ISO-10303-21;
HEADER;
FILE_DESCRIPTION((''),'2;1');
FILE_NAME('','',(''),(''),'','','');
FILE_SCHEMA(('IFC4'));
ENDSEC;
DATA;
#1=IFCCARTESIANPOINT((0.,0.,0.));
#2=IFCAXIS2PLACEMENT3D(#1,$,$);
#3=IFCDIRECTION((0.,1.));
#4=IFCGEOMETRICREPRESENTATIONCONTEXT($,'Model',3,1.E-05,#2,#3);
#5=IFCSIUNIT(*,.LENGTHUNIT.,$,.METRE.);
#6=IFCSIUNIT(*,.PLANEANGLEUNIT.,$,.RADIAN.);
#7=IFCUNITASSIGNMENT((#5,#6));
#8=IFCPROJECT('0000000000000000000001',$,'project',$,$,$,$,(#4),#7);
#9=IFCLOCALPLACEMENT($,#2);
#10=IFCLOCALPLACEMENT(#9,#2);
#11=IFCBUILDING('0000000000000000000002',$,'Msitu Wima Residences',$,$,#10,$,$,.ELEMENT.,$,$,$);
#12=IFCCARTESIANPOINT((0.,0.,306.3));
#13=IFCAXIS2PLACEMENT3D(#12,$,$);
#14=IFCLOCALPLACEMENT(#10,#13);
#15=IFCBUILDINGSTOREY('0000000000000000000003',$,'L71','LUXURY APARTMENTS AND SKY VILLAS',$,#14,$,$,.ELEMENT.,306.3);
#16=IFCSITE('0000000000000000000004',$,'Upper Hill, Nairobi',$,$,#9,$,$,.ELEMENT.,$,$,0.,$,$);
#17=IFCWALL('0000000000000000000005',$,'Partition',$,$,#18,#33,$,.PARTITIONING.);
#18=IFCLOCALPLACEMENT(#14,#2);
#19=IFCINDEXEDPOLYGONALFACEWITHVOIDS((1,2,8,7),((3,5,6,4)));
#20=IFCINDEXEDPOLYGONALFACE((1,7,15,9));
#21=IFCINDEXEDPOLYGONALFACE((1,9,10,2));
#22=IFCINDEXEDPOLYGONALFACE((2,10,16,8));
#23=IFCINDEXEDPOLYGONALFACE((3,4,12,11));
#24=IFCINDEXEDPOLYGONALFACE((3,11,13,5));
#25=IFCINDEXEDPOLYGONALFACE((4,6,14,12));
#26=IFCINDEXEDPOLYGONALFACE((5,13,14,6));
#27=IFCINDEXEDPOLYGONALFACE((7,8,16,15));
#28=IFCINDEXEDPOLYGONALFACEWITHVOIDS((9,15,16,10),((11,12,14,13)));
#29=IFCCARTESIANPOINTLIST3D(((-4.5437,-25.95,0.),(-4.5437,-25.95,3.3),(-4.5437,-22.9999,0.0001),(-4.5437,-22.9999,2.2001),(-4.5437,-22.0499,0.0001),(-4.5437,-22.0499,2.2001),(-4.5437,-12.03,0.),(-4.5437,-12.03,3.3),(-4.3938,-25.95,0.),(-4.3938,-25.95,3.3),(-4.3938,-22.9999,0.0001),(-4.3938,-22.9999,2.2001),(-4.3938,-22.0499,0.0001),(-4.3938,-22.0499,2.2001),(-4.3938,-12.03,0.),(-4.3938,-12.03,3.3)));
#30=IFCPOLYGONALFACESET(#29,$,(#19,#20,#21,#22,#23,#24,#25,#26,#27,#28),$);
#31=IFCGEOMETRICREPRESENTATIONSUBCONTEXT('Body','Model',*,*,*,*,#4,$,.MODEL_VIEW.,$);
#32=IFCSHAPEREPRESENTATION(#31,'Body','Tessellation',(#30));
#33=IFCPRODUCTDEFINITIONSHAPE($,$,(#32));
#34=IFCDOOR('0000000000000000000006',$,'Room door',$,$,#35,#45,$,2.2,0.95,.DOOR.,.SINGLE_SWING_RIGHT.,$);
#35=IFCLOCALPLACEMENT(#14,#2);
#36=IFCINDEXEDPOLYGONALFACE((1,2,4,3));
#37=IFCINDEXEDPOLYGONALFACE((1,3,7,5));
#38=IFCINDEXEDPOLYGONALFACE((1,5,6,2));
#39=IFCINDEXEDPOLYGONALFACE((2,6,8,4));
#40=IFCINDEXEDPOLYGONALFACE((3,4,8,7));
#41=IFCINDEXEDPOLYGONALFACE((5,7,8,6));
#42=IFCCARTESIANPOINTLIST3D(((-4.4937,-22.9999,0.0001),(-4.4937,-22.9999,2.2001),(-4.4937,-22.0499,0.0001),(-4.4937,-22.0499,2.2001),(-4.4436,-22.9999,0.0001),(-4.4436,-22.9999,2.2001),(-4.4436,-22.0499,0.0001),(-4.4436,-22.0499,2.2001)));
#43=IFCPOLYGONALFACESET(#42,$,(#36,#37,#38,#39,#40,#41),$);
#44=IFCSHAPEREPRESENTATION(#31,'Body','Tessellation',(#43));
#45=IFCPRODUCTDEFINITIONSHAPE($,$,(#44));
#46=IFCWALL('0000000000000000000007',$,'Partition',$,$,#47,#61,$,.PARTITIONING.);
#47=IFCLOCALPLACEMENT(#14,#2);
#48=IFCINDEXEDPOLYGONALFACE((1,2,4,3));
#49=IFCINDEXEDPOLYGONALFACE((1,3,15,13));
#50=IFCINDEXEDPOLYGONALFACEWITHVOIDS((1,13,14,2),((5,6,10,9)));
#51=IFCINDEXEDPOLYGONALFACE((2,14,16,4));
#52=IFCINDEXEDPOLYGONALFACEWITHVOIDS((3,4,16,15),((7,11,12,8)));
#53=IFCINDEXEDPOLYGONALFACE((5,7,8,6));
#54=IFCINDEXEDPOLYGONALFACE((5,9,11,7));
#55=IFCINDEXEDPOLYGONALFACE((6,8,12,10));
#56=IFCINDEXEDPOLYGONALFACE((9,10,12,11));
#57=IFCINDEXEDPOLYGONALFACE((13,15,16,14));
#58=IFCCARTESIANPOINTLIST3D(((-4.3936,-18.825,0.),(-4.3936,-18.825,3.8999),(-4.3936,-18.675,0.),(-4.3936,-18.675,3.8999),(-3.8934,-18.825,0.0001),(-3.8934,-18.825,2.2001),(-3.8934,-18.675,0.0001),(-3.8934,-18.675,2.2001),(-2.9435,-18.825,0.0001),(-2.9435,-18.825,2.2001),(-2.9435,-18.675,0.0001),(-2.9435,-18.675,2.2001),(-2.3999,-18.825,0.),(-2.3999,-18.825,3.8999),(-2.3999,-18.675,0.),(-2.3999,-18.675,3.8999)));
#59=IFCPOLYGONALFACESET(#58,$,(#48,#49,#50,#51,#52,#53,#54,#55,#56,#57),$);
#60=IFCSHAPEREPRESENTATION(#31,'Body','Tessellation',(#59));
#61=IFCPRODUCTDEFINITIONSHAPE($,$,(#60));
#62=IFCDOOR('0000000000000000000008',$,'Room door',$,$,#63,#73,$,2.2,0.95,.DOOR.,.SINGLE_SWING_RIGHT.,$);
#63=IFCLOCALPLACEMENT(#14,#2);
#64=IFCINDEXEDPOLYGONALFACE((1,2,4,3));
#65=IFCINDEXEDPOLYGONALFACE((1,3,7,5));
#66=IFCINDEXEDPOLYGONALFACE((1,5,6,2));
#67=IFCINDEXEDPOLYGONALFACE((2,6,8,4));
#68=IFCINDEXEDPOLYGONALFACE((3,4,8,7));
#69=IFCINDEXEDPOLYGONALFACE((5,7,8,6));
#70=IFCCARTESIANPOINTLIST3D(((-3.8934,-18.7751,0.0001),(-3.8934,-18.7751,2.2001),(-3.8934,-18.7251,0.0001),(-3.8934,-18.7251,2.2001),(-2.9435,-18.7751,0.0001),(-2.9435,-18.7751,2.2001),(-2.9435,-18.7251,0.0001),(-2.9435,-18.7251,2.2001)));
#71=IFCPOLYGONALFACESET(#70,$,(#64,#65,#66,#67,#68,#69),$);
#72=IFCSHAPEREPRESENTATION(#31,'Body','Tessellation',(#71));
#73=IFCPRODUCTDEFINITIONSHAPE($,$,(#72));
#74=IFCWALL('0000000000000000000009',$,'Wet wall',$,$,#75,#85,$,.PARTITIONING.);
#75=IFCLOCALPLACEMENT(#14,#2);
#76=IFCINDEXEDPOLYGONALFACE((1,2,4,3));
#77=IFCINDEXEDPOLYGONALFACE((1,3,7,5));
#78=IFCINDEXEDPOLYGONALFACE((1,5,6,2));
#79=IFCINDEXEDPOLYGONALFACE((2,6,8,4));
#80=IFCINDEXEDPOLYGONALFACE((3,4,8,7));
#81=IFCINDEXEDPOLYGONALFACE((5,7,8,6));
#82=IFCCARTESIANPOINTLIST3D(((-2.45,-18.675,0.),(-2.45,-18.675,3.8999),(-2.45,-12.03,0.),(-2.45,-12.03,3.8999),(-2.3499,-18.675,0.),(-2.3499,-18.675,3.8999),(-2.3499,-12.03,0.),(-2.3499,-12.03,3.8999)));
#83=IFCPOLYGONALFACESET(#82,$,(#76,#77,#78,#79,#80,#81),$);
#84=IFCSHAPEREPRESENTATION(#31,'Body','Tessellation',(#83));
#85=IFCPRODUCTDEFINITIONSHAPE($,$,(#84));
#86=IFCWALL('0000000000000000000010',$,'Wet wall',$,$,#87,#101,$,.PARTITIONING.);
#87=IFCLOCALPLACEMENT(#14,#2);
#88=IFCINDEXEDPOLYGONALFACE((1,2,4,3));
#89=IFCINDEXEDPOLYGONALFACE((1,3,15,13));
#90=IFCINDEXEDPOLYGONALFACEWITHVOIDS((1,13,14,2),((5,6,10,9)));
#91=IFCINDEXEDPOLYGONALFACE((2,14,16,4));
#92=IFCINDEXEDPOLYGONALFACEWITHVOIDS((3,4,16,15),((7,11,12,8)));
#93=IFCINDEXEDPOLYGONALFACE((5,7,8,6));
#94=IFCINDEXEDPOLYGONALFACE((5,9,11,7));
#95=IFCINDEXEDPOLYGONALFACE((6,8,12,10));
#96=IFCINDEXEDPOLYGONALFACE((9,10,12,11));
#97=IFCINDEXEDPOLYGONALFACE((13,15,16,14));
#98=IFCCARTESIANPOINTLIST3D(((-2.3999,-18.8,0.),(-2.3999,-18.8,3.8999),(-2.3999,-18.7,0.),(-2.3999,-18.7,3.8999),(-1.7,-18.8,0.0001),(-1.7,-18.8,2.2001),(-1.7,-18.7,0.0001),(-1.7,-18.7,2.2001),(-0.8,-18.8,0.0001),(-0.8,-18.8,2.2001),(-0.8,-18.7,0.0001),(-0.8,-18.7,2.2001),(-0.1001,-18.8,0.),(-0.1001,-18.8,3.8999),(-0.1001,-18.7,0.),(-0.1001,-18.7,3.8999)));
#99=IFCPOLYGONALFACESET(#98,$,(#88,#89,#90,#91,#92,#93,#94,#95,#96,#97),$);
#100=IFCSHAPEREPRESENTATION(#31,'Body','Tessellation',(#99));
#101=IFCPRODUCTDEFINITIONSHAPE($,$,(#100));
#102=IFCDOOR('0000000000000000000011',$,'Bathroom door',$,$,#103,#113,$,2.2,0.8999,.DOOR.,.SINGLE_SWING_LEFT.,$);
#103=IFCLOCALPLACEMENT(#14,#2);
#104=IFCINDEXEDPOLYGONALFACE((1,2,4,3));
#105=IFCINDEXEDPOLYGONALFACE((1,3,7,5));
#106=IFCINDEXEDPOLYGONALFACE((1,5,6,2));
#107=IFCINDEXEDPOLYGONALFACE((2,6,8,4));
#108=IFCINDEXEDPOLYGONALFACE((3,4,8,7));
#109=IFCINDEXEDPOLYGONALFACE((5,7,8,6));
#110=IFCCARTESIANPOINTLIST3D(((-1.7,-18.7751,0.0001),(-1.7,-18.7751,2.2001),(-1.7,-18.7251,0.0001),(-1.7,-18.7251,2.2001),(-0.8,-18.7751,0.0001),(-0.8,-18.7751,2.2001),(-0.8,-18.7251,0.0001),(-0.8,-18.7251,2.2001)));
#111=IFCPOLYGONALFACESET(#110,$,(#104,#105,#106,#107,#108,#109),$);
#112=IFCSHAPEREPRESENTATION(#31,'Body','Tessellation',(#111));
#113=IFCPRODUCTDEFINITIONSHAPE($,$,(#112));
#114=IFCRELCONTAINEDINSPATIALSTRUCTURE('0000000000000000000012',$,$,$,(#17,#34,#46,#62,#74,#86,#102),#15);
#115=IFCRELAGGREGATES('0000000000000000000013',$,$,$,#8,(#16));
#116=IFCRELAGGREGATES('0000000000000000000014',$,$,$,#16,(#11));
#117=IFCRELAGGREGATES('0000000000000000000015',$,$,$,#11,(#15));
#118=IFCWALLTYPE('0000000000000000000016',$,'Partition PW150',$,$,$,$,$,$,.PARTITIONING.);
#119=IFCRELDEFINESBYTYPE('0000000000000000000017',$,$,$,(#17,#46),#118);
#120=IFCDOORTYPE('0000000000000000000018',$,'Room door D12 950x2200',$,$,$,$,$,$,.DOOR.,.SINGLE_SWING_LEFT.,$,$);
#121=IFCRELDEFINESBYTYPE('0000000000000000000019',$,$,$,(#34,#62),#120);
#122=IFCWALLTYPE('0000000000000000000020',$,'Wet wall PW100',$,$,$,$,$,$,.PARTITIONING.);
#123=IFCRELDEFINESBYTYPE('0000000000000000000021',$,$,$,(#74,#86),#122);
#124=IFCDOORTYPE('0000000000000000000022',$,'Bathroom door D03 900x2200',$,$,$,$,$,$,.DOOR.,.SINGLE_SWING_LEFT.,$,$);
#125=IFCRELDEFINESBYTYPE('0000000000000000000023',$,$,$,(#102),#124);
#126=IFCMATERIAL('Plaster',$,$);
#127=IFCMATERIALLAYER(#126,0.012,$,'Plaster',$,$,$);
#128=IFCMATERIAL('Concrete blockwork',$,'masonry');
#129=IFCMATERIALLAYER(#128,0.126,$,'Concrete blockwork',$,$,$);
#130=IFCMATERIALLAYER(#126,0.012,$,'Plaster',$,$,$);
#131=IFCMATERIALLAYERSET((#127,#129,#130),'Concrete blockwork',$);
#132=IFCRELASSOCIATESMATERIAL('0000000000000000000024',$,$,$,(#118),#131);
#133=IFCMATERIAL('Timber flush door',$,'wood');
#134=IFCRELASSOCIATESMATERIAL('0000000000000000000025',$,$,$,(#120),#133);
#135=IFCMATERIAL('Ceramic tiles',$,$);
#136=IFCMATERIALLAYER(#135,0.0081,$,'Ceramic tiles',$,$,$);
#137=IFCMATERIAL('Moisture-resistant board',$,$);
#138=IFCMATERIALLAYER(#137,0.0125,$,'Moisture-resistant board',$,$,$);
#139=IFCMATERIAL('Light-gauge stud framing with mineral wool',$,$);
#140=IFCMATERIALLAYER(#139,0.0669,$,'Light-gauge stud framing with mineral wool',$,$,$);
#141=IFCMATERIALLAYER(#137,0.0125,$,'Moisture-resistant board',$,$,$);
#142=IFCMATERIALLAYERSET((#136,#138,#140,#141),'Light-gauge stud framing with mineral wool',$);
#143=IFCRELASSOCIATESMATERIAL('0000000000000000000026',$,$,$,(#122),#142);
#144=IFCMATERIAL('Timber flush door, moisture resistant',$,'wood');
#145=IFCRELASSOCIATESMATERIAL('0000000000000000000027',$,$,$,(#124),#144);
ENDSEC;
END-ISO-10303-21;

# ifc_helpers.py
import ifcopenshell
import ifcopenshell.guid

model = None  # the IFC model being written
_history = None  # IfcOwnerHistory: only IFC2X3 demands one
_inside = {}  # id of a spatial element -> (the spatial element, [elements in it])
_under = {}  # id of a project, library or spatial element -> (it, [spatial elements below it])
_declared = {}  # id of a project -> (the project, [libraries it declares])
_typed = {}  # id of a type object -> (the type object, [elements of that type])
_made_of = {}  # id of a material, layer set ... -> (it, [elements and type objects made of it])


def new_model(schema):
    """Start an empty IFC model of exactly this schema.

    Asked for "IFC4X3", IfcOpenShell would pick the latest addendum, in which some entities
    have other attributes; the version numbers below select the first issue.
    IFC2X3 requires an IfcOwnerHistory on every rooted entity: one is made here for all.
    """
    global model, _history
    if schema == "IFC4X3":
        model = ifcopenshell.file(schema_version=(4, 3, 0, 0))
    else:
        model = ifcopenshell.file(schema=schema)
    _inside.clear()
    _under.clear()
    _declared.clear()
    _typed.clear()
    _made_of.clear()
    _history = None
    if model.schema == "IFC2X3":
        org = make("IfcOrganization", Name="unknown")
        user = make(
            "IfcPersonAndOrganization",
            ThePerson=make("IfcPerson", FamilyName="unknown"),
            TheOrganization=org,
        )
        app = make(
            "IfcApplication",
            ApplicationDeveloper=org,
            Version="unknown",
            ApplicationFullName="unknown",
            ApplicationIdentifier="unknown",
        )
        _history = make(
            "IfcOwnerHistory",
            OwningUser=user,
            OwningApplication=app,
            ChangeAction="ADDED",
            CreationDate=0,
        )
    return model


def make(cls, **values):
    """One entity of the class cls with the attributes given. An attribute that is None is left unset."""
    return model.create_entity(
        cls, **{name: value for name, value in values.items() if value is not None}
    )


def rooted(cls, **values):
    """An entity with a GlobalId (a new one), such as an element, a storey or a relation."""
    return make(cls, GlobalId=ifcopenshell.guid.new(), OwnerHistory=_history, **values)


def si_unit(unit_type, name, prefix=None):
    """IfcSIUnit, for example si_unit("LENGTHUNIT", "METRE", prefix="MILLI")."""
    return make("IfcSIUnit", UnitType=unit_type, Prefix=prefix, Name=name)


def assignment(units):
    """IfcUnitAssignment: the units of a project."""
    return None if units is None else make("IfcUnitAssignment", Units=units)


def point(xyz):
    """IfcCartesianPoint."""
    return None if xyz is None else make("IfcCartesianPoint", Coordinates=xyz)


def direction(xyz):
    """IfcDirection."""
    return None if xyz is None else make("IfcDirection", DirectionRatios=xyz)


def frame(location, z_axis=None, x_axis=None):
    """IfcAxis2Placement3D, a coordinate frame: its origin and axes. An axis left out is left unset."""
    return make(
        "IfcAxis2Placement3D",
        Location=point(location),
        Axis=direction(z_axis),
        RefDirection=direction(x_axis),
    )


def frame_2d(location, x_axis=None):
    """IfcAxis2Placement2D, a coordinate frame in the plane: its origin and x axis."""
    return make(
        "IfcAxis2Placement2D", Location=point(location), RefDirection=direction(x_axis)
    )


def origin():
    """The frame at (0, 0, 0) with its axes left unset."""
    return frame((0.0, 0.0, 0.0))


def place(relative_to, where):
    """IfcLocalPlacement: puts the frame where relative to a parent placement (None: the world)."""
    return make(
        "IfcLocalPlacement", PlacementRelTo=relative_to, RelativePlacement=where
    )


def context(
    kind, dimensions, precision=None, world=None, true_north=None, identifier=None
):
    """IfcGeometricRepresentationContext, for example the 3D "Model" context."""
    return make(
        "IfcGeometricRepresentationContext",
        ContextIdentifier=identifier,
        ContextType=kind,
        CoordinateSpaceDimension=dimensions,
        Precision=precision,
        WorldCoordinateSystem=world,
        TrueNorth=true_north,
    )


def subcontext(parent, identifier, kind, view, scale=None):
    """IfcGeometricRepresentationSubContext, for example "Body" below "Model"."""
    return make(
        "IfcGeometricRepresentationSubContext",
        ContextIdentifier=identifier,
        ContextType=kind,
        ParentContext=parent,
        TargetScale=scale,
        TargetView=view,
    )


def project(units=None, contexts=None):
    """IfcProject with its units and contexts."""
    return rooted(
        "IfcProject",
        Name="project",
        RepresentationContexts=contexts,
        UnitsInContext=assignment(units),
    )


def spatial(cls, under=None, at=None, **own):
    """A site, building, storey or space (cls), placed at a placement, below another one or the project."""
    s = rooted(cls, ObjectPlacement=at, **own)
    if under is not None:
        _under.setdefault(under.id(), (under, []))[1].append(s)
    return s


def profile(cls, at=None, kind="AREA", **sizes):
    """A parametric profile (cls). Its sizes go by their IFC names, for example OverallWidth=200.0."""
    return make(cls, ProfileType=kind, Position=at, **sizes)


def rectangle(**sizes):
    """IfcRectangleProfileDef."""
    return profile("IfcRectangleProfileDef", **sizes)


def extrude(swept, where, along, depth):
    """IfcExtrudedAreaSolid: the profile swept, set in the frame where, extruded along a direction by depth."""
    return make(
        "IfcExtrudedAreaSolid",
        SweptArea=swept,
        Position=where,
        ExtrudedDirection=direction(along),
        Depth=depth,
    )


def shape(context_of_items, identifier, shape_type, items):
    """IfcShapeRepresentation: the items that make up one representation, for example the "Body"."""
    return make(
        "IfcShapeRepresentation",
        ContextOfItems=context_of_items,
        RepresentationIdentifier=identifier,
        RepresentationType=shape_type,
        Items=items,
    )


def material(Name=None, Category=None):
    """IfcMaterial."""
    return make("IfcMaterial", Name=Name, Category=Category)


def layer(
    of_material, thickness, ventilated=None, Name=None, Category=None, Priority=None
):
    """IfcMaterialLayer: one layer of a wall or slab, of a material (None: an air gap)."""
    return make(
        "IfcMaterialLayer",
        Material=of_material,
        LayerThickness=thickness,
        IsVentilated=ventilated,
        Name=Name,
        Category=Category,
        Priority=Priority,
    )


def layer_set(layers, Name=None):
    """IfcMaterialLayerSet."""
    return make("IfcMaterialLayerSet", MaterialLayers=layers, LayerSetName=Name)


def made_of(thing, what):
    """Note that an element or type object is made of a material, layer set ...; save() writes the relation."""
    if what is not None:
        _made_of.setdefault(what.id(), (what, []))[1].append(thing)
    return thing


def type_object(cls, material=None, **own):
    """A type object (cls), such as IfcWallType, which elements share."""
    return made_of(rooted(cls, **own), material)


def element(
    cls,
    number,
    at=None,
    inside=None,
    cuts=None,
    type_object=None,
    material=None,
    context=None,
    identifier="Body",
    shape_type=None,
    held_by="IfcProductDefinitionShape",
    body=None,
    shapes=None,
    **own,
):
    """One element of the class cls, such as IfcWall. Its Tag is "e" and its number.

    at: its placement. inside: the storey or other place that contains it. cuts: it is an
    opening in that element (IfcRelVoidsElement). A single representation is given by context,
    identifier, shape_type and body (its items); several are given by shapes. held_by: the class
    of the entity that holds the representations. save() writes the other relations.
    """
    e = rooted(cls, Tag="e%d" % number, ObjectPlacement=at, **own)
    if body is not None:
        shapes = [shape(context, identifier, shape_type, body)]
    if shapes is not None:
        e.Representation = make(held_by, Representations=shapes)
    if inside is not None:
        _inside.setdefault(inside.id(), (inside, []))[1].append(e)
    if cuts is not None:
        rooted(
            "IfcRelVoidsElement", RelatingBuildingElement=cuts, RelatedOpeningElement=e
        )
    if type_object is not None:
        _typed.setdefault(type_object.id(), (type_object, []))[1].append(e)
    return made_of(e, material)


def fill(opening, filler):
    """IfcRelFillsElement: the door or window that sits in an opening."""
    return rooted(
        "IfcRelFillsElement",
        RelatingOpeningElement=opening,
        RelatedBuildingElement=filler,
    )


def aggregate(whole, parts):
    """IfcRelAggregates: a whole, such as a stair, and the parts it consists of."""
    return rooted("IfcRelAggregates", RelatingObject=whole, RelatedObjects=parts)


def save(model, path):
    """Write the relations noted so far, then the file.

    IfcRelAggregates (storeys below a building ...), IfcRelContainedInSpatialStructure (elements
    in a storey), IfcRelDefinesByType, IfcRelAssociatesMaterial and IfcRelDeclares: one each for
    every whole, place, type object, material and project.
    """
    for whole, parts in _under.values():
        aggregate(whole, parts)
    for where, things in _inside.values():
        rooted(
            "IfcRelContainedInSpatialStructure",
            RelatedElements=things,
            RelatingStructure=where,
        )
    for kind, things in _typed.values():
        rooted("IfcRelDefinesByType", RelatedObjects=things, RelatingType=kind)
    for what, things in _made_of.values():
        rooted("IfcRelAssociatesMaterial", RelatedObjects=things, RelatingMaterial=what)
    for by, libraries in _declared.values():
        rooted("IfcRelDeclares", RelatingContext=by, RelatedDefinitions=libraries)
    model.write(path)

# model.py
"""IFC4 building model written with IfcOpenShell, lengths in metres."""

from ifc_helpers import new_model, si_unit, direction, frame, frame_2d, origin, place, context, subcontext, project, spatial, rectangle, extrude, material, layer, layer_set, type_object, element, fill, save


model = new_model("IFC4")

# Units and contexts
model_context = context("Model", 3, precision=1e-05, world=origin(), true_north=direction((0.0, 1.0)))
body_context = subcontext(model_context, "Body", "Model", "MODEL_VIEW")
ifc_project = project(units=[si_unit("LENGTHUNIT", "METRE"), si_unit("PLANEANGLEUNIT", "RADIAN")], contexts=[model_context])

# Site, building, storey
site_placement = place(None, origin())
site = spatial("IfcSite", under=ifc_project, at=site_placement, Name="Upper Hill, Nairobi", CompositionType="ELEMENT", RefElevation=0.0)
building_placement = place(site_placement, origin())
building = spatial("IfcBuilding", under=site, at=building_placement, Name="Msitu Wima Residences", CompositionType="ELEMENT")
storey_placement = place(building_placement, frame((0.0, 0.0, 306.3)))
storey = spatial("IfcBuildingStorey", under=building, at=storey_placement, Name="L71", Description="LUXURY APARTMENTS AND SKY VILLAS", CompositionType="ELEMENT", Elevation=306.3)

# Walls, openings, doors
ifc_material_1 = material(Name="Plaster")
ifc_layer_1 = layer(ifc_material_1, 0.012, Name="Plaster")
ifc_material_2 = material(Name="Concrete blockwork", Category="masonry")
ifc_layer_2 = layer(ifc_material_2, 0.126, Name="Concrete blockwork")
ifc_layer_3 = layer(ifc_material_1, 0.012, Name="Plaster")
ifc_layer_set_1 = layer_set([ifc_layer_1, ifc_layer_2, ifc_layer_3], Name="Concrete blockwork")
wall_type_1 = type_object("IfcWallType", Name="Partition PW150", PredefinedType="PARTITIONING", material=ifc_layer_set_1)
wall_1_placement = place(storey_placement, frame((-4.4688, -25.95, 0.0), z_axis=(0.0, 0.0, 1.0), x_axis=(0.0, 1.0, 0.0)))
wall_1 = element("IfcWall", 1, at=wall_1_placement, inside=storey, type_object=wall_type_1, Name="Partition", PredefinedType="PARTITIONING", context=body_context, shape_type="SweptSolid", body=[
    extrude(rectangle(XDim=13.9199, YDim=0.1499, at=frame_2d((6.96, 0.0))), origin(), (0.0, 0.0, 1.0), 3.3),
])
opening_1_placement = place(wall_1_placement, frame((2.95, 0.0, 0.0)))
opening_1 = element("IfcOpeningElement", 2, at=opening_1_placement, cuts=wall_1, PredefinedType="OPENING", context=body_context, shape_type="SweptSolid", body=[
    extrude(rectangle(XDim=0.95, YDim=2.2, at=frame_2d((0.4751, 1.1001))), frame((0.0, 0.085, 0.0), z_axis=(0.0, -1.0, 0.0), x_axis=(1.0, 0.0, 0.0)), (0.0, 0.0, 1.0), 0.1699),
])
ifc_material_3 = material(Name="Timber flush door", Category="wood")
door_type_1 = type_object("IfcDoorType", Name="Room door D12 950x2200", OperationType="SINGLE_SWING_LEFT", PredefinedType="DOOR", material=ifc_material_3)
door_1_placement = place(opening_1_placement, origin())
door_1 = element("IfcDoor", 3, at=door_1_placement, inside=storey, type_object=door_type_1, Name="Room door", OperationType="SINGLE_SWING_RIGHT", OverallHeight=2.2, OverallWidth=0.95, PredefinedType="DOOR", context=body_context, shape_type="SweptSolid", body=[
    extrude(rectangle(XDim=0.95, YDim=2.2, at=frame_2d((0.4751, 1.1001))), frame((0.0, 0.0249, 0.0), z_axis=(0.0, -1.0, 0.0), x_axis=(1.0, 0.0, 0.0)), (0.0, 0.0, 1.0), 0.05),
])
fill(opening_1, door_1)
wall_2_placement = place(storey_placement, frame((-4.3936, -18.75, 0.0), z_axis=(0.0, 0.0, 1.0), x_axis=(1.0, 0.0, 0.0)))
wall_2 = element("IfcWall", 4, at=wall_2_placement, inside=storey, type_object=wall_type_1, Name="Partition", PredefinedType="PARTITIONING", context=body_context, shape_type="SweptSolid", body=[
    extrude(rectangle(XDim=1.9937, YDim=0.1499, at=frame_2d((0.9968, 0.0))), origin(), (0.0, 0.0, 1.0), 3.8999),
])
opening_2_placement = place(wall_2_placement, frame((0.5, 0.0, 0.0)))
opening_2 = element("IfcOpeningElement", 5, at=opening_2_placement, cuts=wall_2, PredefinedType="OPENING", context=body_context, shape_type="SweptSolid", body=[
    extrude(rectangle(XDim=0.95, YDim=2.2, at=frame_2d((0.4751, 1.1001))), frame((0.0, 0.085, 0.0), z_axis=(0.0, -1.0, 0.0), x_axis=(1.0, 0.0, 0.0)), (0.0, 0.0, 1.0), 0.1699),
])
door_2_placement = place(opening_2_placement, origin())
door_2 = element("IfcDoor", 6, at=door_2_placement, inside=storey, type_object=door_type_1, Name="Room door", OperationType="SINGLE_SWING_RIGHT", OverallHeight=2.2, OverallWidth=0.95, PredefinedType="DOOR", context=body_context, shape_type="SweptSolid", body=[
    extrude(rectangle(XDim=0.95, YDim=2.2, at=frame_2d((0.4751, 1.1001))), frame((0.0, 0.0249, 0.0), z_axis=(0.0, -1.0, 0.0), x_axis=(1.0, 0.0, 0.0)), (0.0, 0.0, 1.0), 0.05),
])
fill(opening_2, door_2)

# Wall
ifc_material_4 = material(Name="Ceramic tiles")
ifc_layer_4 = layer(ifc_material_4, 0.0081, Name="Ceramic tiles")
ifc_material_5 = material(Name="Moisture-resistant board")
ifc_layer_5 = layer(ifc_material_5, 0.0125, Name="Moisture-resistant board")
ifc_material_6 = material(Name="Light-gauge stud framing with mineral wool")
ifc_layer_6 = layer(ifc_material_6, 0.0669, Name="Light-gauge stud framing with mineral wool")
ifc_layer_7 = layer(ifc_material_5, 0.0125, Name="Moisture-resistant board")
ifc_layer_set_2 = layer_set([ifc_layer_4, ifc_layer_5, ifc_layer_6, ifc_layer_7], Name="Light-gauge stud framing with mineral wool")
wall_type_2 = type_object("IfcWallType", Name="Wet wall PW100", PredefinedType="PARTITIONING", material=ifc_layer_set_2)
wall_3_placement = place(storey_placement, frame((-2.3999, -18.675, 0.0), z_axis=(0.0, 0.0, 1.0), x_axis=(0.0, 1.0, 0.0)))
element("IfcWall", 7, at=wall_3_placement, inside=storey, type_object=wall_type_2, Name="Wet wall", PredefinedType="PARTITIONING", context=body_context, shape_type="SweptSolid", body=[
    extrude(rectangle(XDim=6.645, YDim=0.1001, at=frame_2d((3.3225, 0.0))), origin(), (0.0, 0.0, 1.0), 3.8999),
])

# Wall, opening, door
wall_4_placement = place(storey_placement, frame((-2.3999, -18.75, 0.0), z_axis=(0.0, 0.0, 1.0), x_axis=(1.0, 0.0, 0.0)))
wall_4 = element("IfcWall", 8, at=wall_4_placement, inside=storey, type_object=wall_type_2, Name="Wet wall", PredefinedType="PARTITIONING", context=body_context, shape_type="SweptSolid", body=[
    extrude(rectangle(XDim=2.2998, YDim=0.1001, at=frame_2d((1.1499, 0.0))), origin(), (0.0, 0.0, 1.0), 3.8999),
])
opening_3_placement = place(wall_4_placement, frame((0.7, 0.0, 0.0)))
opening_3 = element("IfcOpeningElement", 9, at=opening_3_placement, cuts=wall_4, PredefinedType="OPENING", context=body_context, shape_type="SweptSolid", body=[
    extrude(rectangle(XDim=0.8999, YDim=2.2, at=frame_2d((0.45, 1.1001))), frame((0.0, 0.0601, 0.0), z_axis=(0.0, -1.0, 0.0), x_axis=(1.0, 0.0, 0.0)), (0.0, 0.0, 1.0), 0.1201),
])
ifc_material_7 = material(Name="Timber flush door, moisture resistant", Category="wood")
door_type_2 = type_object("IfcDoorType", Name="Bathroom door D03 900x2200", OperationType="SINGLE_SWING_LEFT", PredefinedType="DOOR", material=ifc_material_7)
door_3_placement = place(opening_3_placement, origin())
door_3 = element("IfcDoor", 10, at=door_3_placement, inside=storey, type_object=door_type_2, Name="Bathroom door", OperationType="SINGLE_SWING_LEFT", OverallHeight=2.2, OverallWidth=0.8999, PredefinedType="DOOR", context=body_context, shape_type="SweptSolid", body=[
    extrude(rectangle(XDim=0.8999, YDim=2.2, at=frame_2d((0.45, 1.1001))), frame((0.0, 0.0249, 0.0), z_axis=(0.0, -1.0, 0.0), x_axis=(1.0, 0.0, 0.0)), (0.0, 0.0, 1.0), 0.05),
])
fill(opening_3, door_3)

save(model, "model.ifc")
